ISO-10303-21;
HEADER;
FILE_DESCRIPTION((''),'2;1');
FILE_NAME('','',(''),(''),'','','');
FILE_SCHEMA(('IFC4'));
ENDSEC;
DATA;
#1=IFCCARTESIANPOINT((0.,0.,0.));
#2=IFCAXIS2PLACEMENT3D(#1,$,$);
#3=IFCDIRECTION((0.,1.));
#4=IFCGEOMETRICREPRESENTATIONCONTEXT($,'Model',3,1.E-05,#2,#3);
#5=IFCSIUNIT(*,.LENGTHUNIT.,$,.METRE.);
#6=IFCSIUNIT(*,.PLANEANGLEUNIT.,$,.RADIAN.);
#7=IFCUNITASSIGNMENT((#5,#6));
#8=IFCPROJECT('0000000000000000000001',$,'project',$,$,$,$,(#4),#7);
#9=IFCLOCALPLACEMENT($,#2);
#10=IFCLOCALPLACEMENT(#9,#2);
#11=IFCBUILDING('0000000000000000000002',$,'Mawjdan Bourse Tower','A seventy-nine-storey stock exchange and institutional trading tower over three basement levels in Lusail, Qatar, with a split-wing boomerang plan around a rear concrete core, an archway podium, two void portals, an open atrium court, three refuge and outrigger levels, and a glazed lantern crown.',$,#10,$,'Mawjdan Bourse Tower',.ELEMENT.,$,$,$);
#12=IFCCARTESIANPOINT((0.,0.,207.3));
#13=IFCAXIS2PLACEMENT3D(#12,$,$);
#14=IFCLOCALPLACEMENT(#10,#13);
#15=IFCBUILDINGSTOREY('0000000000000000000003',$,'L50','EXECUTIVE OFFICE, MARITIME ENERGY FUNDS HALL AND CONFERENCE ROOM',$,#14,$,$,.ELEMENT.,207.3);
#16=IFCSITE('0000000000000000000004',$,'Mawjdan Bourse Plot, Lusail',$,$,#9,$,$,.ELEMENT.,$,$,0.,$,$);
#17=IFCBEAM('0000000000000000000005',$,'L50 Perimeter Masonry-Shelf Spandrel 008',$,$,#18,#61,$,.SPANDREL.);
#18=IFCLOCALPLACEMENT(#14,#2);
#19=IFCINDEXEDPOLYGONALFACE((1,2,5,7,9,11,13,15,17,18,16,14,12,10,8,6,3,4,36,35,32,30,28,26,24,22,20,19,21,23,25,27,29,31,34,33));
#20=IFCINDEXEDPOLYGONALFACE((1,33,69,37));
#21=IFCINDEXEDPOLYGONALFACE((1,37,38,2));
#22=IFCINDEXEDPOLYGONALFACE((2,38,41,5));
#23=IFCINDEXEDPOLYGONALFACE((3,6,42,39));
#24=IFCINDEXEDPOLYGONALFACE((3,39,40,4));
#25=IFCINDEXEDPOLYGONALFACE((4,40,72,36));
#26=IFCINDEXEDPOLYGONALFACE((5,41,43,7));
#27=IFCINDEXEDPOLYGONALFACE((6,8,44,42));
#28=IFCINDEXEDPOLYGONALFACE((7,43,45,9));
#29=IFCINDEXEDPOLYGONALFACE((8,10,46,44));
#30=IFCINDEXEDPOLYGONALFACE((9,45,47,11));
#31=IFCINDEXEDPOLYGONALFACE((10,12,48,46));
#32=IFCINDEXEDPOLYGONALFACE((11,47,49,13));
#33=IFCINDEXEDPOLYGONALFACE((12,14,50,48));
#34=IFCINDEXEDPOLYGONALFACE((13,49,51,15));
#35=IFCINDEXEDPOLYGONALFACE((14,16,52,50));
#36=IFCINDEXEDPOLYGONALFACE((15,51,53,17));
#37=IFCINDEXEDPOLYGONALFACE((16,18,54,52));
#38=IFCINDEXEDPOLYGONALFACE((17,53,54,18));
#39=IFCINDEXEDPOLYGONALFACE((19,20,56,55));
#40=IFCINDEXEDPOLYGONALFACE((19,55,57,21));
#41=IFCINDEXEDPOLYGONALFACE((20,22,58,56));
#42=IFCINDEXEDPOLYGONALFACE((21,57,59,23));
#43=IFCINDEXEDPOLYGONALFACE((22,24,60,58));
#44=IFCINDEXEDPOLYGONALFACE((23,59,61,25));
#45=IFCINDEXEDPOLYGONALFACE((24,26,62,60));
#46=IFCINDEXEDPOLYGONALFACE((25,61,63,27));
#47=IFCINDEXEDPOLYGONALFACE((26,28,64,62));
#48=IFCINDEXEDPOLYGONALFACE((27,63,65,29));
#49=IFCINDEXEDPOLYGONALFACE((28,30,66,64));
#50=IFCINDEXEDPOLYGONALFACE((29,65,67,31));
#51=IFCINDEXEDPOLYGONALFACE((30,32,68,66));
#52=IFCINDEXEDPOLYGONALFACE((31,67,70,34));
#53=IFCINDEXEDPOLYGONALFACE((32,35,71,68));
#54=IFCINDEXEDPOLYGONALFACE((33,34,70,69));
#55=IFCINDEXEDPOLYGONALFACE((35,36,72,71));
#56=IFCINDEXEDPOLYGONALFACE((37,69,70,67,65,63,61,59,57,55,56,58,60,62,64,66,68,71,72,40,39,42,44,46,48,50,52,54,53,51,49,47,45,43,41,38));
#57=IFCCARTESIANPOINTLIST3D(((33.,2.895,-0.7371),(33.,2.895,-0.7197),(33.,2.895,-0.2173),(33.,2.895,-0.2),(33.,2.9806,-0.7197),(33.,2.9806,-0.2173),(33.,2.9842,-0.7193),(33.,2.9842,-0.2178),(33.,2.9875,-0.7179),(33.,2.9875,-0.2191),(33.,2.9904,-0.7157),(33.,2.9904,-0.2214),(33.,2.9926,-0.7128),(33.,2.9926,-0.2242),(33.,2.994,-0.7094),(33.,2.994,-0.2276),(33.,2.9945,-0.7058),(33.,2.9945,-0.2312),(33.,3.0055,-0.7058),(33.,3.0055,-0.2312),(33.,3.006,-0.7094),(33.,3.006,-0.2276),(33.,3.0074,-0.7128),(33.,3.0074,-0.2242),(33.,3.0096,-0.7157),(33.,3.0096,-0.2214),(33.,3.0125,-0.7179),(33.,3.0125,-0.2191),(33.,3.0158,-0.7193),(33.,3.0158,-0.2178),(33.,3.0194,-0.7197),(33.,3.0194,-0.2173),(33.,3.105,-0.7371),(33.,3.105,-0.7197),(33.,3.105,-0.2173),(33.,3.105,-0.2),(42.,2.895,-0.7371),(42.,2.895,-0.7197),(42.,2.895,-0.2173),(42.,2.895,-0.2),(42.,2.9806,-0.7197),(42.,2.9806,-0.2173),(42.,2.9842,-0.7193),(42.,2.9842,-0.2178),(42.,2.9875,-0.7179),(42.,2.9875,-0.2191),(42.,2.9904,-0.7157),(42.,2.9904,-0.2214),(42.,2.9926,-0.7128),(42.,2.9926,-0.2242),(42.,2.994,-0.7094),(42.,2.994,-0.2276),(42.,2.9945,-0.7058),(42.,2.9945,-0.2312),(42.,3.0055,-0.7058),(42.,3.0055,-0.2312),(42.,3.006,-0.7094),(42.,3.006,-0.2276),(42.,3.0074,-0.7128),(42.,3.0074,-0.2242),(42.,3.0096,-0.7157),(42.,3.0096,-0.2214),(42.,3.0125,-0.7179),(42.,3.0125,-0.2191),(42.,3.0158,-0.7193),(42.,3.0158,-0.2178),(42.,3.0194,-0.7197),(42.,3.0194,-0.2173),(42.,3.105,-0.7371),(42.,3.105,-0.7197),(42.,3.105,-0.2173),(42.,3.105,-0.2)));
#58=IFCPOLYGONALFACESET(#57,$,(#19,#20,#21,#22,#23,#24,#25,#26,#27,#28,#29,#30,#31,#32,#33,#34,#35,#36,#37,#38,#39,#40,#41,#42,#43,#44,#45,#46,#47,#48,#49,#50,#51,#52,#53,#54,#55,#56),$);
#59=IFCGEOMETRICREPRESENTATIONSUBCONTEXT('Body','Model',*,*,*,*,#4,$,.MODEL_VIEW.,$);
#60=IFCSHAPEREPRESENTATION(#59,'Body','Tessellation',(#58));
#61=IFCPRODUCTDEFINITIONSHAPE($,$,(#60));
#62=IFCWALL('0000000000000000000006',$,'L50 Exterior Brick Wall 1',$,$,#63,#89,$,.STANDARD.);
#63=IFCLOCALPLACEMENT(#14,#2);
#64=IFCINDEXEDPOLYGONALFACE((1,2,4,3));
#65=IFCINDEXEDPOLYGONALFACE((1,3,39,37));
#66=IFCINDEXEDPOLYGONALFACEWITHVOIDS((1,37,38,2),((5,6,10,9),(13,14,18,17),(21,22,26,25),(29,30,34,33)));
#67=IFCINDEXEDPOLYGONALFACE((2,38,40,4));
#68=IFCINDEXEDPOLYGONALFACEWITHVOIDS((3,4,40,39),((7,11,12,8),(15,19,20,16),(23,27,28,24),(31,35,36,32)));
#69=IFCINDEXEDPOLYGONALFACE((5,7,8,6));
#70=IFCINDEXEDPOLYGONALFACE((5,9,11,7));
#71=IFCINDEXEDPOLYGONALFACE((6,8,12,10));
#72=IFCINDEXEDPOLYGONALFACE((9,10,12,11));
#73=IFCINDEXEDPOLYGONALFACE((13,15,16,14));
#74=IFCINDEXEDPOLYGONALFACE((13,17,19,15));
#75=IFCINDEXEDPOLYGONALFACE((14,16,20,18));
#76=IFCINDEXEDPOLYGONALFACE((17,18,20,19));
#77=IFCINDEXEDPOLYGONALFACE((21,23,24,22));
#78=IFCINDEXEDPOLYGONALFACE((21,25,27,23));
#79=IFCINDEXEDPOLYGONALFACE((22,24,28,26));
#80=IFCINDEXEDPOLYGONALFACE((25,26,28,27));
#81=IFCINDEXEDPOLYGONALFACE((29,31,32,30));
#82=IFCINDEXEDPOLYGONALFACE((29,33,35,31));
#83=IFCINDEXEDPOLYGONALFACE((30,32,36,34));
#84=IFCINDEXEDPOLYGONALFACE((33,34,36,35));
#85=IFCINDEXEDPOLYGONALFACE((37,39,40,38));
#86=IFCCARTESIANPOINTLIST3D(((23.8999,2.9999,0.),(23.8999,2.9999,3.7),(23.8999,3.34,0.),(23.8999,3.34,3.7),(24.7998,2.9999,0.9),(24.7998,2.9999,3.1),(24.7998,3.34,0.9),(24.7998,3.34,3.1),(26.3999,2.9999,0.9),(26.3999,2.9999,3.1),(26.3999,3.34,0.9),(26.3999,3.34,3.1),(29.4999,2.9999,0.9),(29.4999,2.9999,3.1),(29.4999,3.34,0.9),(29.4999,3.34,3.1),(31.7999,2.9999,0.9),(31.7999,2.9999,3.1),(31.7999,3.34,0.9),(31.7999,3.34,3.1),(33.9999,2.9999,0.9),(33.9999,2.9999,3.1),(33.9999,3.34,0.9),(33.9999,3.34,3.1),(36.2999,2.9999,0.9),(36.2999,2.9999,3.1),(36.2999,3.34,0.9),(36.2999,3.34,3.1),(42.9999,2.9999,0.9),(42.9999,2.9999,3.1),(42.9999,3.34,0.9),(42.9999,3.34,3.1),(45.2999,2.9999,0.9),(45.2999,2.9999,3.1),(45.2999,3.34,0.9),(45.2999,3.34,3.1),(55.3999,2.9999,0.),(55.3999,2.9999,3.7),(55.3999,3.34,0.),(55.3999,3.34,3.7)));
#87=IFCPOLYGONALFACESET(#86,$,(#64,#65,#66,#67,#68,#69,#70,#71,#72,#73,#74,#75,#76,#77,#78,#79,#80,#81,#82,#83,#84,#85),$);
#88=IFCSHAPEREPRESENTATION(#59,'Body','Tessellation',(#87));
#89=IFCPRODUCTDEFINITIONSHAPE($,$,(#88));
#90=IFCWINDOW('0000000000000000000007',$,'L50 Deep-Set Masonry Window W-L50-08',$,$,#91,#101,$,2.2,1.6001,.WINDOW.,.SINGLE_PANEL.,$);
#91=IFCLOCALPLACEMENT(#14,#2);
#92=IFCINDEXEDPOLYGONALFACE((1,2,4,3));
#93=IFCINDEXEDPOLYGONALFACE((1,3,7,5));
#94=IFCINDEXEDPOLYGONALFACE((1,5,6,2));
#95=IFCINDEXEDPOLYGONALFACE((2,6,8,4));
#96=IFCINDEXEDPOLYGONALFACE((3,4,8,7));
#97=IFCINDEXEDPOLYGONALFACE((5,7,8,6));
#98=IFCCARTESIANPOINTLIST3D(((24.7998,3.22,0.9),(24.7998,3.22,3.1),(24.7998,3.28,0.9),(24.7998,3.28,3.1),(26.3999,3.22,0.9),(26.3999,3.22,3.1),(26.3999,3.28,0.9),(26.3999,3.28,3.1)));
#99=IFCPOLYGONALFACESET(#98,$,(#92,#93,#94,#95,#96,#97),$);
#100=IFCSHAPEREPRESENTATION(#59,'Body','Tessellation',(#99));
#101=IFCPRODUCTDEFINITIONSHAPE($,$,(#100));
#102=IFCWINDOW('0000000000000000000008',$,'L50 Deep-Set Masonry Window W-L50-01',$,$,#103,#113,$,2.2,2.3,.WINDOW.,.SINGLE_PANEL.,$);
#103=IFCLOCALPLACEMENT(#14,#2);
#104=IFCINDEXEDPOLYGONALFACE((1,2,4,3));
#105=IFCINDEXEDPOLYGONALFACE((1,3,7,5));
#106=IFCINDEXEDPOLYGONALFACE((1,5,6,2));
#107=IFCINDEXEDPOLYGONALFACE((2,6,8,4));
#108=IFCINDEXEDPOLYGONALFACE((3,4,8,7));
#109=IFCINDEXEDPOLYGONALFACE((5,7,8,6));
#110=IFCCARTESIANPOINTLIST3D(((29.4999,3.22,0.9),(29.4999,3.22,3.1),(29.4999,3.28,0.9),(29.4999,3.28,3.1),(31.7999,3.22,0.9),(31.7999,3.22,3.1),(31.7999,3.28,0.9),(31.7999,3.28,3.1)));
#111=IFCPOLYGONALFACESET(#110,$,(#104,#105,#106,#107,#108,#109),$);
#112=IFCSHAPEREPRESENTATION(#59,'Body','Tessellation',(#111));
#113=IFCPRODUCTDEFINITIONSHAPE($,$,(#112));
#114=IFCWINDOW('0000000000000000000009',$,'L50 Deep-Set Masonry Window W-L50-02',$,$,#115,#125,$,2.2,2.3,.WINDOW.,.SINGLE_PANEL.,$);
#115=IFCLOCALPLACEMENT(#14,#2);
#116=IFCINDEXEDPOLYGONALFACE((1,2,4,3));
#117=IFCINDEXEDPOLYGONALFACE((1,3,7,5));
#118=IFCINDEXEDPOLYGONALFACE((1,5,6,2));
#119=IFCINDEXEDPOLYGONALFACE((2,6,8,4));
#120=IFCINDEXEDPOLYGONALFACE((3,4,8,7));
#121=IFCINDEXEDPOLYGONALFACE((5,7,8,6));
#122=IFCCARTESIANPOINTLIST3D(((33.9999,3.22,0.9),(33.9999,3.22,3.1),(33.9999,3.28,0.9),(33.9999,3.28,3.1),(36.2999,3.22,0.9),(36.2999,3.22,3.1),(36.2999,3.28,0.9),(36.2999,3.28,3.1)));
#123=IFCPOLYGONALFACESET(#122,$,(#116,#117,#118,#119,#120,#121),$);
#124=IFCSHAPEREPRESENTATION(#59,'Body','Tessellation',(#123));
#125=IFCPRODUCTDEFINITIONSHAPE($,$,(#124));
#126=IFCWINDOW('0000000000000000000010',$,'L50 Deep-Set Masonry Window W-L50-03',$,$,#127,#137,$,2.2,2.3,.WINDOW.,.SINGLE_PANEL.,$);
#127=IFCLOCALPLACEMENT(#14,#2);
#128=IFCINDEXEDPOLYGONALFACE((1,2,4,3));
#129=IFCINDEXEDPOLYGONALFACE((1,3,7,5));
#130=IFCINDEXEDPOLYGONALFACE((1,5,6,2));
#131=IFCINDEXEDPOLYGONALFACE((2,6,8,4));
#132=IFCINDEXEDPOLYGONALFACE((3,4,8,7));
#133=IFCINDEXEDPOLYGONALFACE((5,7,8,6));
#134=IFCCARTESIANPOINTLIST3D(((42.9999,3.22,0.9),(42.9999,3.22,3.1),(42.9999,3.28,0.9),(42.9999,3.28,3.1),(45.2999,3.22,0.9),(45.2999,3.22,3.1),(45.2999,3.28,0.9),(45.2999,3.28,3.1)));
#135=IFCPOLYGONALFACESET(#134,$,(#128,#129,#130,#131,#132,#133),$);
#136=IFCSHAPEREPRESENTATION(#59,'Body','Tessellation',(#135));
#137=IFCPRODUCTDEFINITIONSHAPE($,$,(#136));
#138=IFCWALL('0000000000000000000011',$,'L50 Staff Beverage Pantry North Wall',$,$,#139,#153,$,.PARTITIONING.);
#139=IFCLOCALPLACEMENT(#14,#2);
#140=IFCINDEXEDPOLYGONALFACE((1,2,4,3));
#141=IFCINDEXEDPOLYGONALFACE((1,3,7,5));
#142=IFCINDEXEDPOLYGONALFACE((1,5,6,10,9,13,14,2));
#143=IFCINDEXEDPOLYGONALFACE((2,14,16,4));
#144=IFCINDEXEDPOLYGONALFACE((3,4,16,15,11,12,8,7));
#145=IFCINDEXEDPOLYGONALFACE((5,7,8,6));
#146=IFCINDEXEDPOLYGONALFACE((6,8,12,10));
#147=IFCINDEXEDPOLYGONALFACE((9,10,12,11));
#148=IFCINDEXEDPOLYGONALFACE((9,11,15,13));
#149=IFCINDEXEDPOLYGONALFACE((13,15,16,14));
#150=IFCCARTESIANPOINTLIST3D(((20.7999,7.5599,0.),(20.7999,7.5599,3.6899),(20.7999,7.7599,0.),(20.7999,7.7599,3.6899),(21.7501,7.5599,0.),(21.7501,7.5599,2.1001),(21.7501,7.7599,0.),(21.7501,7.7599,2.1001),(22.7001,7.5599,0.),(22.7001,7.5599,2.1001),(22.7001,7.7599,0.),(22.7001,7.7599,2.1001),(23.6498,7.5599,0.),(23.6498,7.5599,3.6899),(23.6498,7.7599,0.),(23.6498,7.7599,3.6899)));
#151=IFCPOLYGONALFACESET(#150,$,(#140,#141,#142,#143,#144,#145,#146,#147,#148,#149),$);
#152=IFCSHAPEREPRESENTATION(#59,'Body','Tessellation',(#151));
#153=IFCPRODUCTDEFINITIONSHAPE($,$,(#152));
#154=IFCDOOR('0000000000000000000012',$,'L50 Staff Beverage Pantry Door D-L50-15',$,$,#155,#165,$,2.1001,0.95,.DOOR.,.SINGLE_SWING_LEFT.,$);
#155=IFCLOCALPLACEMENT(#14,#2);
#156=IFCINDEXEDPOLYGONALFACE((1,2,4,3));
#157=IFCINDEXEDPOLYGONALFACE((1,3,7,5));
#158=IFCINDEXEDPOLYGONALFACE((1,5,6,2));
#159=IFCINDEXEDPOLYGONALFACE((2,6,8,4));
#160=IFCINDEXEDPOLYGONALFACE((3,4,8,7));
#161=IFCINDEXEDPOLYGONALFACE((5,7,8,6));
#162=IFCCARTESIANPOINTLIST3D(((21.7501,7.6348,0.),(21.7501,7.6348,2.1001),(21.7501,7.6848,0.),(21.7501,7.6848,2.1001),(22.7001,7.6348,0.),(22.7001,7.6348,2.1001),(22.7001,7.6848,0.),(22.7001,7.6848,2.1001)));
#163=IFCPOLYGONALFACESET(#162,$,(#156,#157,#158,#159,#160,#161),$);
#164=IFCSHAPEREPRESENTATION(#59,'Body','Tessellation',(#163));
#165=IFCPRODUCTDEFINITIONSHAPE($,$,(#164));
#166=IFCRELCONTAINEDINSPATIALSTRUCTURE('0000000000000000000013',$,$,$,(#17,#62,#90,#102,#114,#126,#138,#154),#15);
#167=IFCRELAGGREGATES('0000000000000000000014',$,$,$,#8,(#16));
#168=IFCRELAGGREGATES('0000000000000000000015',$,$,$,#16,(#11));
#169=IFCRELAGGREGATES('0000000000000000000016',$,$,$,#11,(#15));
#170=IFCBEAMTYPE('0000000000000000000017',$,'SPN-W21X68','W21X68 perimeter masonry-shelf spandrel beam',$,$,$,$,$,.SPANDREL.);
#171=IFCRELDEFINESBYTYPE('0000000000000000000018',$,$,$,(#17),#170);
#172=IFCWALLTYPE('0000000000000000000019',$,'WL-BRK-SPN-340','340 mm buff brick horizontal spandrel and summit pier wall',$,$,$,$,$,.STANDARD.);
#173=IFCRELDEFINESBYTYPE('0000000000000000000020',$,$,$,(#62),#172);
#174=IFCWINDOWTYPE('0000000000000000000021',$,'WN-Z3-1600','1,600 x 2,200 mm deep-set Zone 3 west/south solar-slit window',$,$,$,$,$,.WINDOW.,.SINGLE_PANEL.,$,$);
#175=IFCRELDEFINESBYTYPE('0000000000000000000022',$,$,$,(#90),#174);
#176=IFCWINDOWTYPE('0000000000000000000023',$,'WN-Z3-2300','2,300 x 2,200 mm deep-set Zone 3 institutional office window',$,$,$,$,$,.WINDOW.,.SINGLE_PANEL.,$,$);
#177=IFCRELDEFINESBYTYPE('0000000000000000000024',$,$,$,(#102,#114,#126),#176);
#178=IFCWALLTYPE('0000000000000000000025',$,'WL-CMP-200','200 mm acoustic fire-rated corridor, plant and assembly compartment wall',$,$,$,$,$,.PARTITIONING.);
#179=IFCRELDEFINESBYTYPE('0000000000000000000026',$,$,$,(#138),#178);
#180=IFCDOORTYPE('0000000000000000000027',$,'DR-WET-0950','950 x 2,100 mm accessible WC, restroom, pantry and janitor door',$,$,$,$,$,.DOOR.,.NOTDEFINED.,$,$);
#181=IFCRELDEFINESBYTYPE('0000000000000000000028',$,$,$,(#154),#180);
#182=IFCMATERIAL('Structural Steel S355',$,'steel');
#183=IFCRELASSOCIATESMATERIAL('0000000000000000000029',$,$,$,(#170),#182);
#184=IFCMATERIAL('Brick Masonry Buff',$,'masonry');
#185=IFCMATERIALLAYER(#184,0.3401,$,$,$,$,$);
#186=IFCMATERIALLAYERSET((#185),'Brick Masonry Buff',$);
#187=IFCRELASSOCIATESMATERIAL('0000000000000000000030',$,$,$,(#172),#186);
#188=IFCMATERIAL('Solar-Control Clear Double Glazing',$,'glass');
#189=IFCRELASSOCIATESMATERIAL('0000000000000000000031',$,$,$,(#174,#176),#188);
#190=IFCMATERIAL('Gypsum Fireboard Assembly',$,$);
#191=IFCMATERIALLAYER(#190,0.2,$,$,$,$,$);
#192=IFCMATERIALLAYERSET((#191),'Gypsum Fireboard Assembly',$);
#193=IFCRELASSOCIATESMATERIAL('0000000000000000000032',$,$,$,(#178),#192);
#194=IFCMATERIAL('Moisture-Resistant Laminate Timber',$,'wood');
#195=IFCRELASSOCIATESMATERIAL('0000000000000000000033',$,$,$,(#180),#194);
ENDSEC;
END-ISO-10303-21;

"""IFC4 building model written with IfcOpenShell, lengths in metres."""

from ifc_helpers import new_model, si_unit, direction, frame, frame_2d, origin, origin_2d, place, context, subcontext, project, spatial, rectangle, i_section, extrude, material, layer, layer_set, material_profile, profile_set, type_object, element, fill, save


model = new_model("IFC4")

# Units and contexts
model_context = context("Model", 3, precision=1e-05, world=origin(), true_north=direction((0.0, 1.0)))
body_context = subcontext(model_context, "Body", "Model", "MODEL_VIEW")
ifc_project = project(units=[si_unit("LENGTHUNIT", "METRE"), si_unit("PLANEANGLEUNIT", "RADIAN")], contexts=[model_context])

# Site, building, storey
site_placement = place(None, origin())
site = spatial("IfcSite", under=ifc_project, at=site_placement, Name="Mawjdan Bourse Plot, Lusail", CompositionType="ELEMENT", RefElevation=0.0)
building_placement = place(site_placement, origin())
building = spatial("IfcBuilding", under=site, at=building_placement, Name="Mawjdan Bourse Tower", Description="A seventy-nine-storey stock exchange and institutional trading tower over three basement levels in Lusail, Qatar, with a split-wing boomerang plan around a rear concrete core, an archway podium, two void portals, an open atrium court, three refuge and outrigger levels, and a glazed lantern crown.", LongName="Mawjdan Bourse Tower", CompositionType="ELEMENT")
storey_placement = place(building_placement, frame((0.0, 0.0, 207.3)))
storey = spatial("IfcBuildingStorey", under=building, at=storey_placement, Name="L50", Description="EXECUTIVE OFFICE, MARITIME ENERGY FUNDS HALL AND CONFERENCE ROOM", CompositionType="ELEMENT", Elevation=207.3)

# Beam
ifc_material_1 = material(Name="Structural Steel S355", Category="steel")
ifc_material_profile_1 = material_profile(ifc_material_1, i_section(OverallWidth=0.21, OverallDepth=0.5371, WebThickness=0.011, FlangeThickness=0.0173, FilletRadius=0.0139, at=origin_2d()), Name="W21X68")
ifc_profile_set_1 = profile_set([ifc_material_profile_1], Name="Structural Steel S355")
beam_type_1 = type_object("IfcBeamType", Name="SPN-W21X68", Description="W21X68 perimeter masonry-shelf spandrel beam", PredefinedType="SPANDREL", material=ifc_profile_set_1)
for number, where, z_axis, x_axis, name in (
    (1, (33.0, 3.0, -0.4685), (1.0, 0.0, 0.0), (0.0, 1.0, 0.0), "L50 Perimeter Masonry-Shelf Spandrel 008"),
):
    element("IfcBeam", number, at=place(storey_placement, frame(where, z_axis=z_axis, x_axis=x_axis)), inside=storey, type_object=beam_type_1, Name=name, PredefinedType="SPANDREL", context=body_context, shape_type="SweptSolid", body=[
        extrude(i_section(OverallWidth=0.21, OverallDepth=0.5371, WebThickness=0.011, FlangeThickness=0.0173, FilletRadius=0.0139, at=origin_2d()), origin(), (0.0, 0.0, 1.0), 9.0),
    ])

# Wall, openings, windows
ifc_material_2 = material(Name="Brick Masonry Buff", Category="masonry")
ifc_layer_1 = layer(ifc_material_2, 0.3401)
ifc_layer_set_1 = layer_set([ifc_layer_1], Name="Brick Masonry Buff")
wall_type_1 = type_object("IfcWallType", Name="WL-BRK-SPN-340", Description="340 mm buff brick horizontal spandrel and summit pier wall", PredefinedType="STANDARD", material=ifc_layer_set_1)
wall_1_placement = place(storey_placement, frame((23.8999, 3.1699, 0.0), z_axis=(0.0, 0.0, 1.0), x_axis=(1.0, 0.0, 0.0)))
wall_1 = element("IfcWall", 2, at=wall_1_placement, inside=storey, type_object=wall_type_1, Name="L50 Exterior Brick Wall 1", PredefinedType="STANDARD", context=body_context, shape_type="SweptSolid", body=[
    extrude(rectangle(XDim=31.5, YDim=0.3401, at=frame_2d((15.75, 0.0))), origin(), (0.0, 0.0, 1.0), 3.7),
])
opening_1_placement = place(wall_1_placement, frame((5.6001, 0.0, 0.8999)))
opening_1 = element("IfcOpeningElement", 3, at=opening_1_placement, cuts=wall_1, PredefinedType="OPENING", context=body_context, shape_type="SweptSolid", body=[
    extrude(rectangle(XDim=2.3, YDim=2.2, at=frame_2d((1.1499, 1.1001))), frame((0.0, 0.1802, 0.0), z_axis=(0.0, -1.0, 0.0), x_axis=(1.0, 0.0, 0.0)), (0.0, 0.0, 1.0), 0.3601),
])
opening_2_placement = place(wall_1_placement, frame((10.1001, 0.0, 0.8999)))
opening_2 = element("IfcOpeningElement", 4, at=opening_2_placement, cuts=wall_1, PredefinedType="OPENING", context=body_context, shape_type="SweptSolid", body=[
    extrude(rectangle(XDim=2.3, YDim=2.2, at=frame_2d((1.1499, 1.1001))), frame((0.0, 0.1802, 0.0), z_axis=(0.0, -1.0, 0.0), x_axis=(1.0, 0.0, 0.0)), (0.0, 0.0, 1.0), 0.3601),
])
opening_3_placement = place(wall_1_placement, frame((19.1001, 0.0, 0.8999)))
opening_3 = element("IfcOpeningElement", 5, at=opening_3_placement, cuts=wall_1, PredefinedType="OPENING", context=body_context, shape_type="SweptSolid", body=[
    extrude(rectangle(XDim=2.3, YDim=2.2, at=frame_2d((1.1499, 1.1001))), frame((0.0, 0.1802, 0.0), z_axis=(0.0, -1.0, 0.0), x_axis=(1.0, 0.0, 0.0)), (0.0, 0.0, 1.0), 0.3601),
])
opening_4_placement = place(wall_1_placement, frame((0.8999, 0.0, 0.8999)))
opening_4 = element("IfcOpeningElement", 6, at=opening_4_placement, cuts=wall_1, PredefinedType="OPENING", context=body_context, shape_type="SweptSolid", body=[
    extrude(rectangle(XDim=1.6001, YDim=2.2, at=frame_2d((0.8, 1.1001))), frame((0.0, 0.1802, 0.0), z_axis=(0.0, -1.0, 0.0), x_axis=(1.0, 0.0, 0.0)), (0.0, 0.0, 1.0), 0.3601),
])
ifc_material_3 = material(Name="Solar-Control Clear Double Glazing", Category="glass")
window_type_1 = type_object("IfcWindowType", Name="WN-Z3-1600", Description="1,600 x 2,200 mm deep-set Zone 3 west/south solar-slit window", PartitioningType="SINGLE_PANEL", PredefinedType="WINDOW", material=ifc_material_3)
window_1_placement = place(opening_4_placement, origin())
window_1 = element("IfcWindow", 7, at=window_1_placement, inside=storey, type_object=window_type_1, Name="L50 Deep-Set Masonry Window W-L50-08", OverallHeight=2.2, OverallWidth=1.6001, PartitioningType="SINGLE_PANEL", PredefinedType="WINDOW", context=body_context, shape_type="SweptSolid", body=[
    extrude(rectangle(XDim=1.6001, YDim=2.2, at=frame_2d((0.8, 1.1001))), frame((0.0, 0.1101, 0.0), z_axis=(0.0, -1.0, 0.0), x_axis=(1.0, 0.0, 0.0)), (0.0, 0.0, 1.0), 0.0601),
])
fill(opening_4, window_1)
window_type_2 = type_object("IfcWindowType", Name="WN-Z3-2300", Description="2,300 x 2,200 mm deep-set Zone 3 institutional office window", PartitioningType="SINGLE_PANEL", PredefinedType="WINDOW", material=ifc_material_3)
window_2_placement = place(opening_1_placement, origin())
window_2 = element("IfcWindow", 8, at=window_2_placement, inside=storey, type_object=window_type_2, Name="L50 Deep-Set Masonry Window W-L50-01", OverallHeight=2.2, OverallWidth=2.3, PartitioningType="SINGLE_PANEL", PredefinedType="WINDOW", context=body_context, shape_type="SweptSolid", body=[
    extrude(rectangle(XDim=2.3, YDim=2.2, at=frame_2d((1.1499, 1.1001))), frame((0.0, 0.1101, 0.0), z_axis=(0.0, -1.0, 0.0), x_axis=(1.0, 0.0, 0.0)), (0.0, 0.0, 1.0), 0.0601),
])
fill(opening_1, window_2)
window_3_placement = place(opening_2_placement, origin())
window_3 = element("IfcWindow", 9, at=window_3_placement, inside=storey, type_object=window_type_2, Name="L50 Deep-Set Masonry Window W-L50-02", OverallHeight=2.2, OverallWidth=2.3, PartitioningType="SINGLE_PANEL", PredefinedType="WINDOW", context=body_context, shape_type="SweptSolid", body=[
    extrude(rectangle(XDim=2.3, YDim=2.2, at=frame_2d((1.1499, 1.1001))), frame((0.0, 0.1101, 0.0), z_axis=(0.0, -1.0, 0.0), x_axis=(1.0, 0.0, 0.0)), (0.0, 0.0, 1.0), 0.0601),
])
fill(opening_2, window_3)
window_4_placement = place(opening_3_placement, origin())
window_4 = element("IfcWindow", 10, at=window_4_placement, inside=storey, type_object=window_type_2, Name="L50 Deep-Set Masonry Window W-L50-03", OverallHeight=2.2, OverallWidth=2.3, PartitioningType="SINGLE_PANEL", PredefinedType="WINDOW", context=body_context, shape_type="SweptSolid", body=[
    extrude(rectangle(XDim=2.3, YDim=2.2, at=frame_2d((1.1499, 1.1001))), frame((0.0, 0.1101, 0.0), z_axis=(0.0, -1.0, 0.0), x_axis=(1.0, 0.0, 0.0)), (0.0, 0.0, 1.0), 0.0601),
])
fill(opening_3, window_4)

# Wall, opening, door
ifc_material_4 = material(Name="Gypsum Fireboard Assembly")
ifc_layer_2 = layer(ifc_material_4, 0.2)
ifc_layer_set_2 = layer_set([ifc_layer_2], Name="Gypsum Fireboard Assembly")
wall_type_2 = type_object("IfcWallType", Name="WL-CMP-200", Description="200 mm acoustic fire-rated corridor, plant and assembly compartment wall", PredefinedType="PARTITIONING", material=ifc_layer_set_2)
wall_2_placement = place(storey_placement, frame((20.8, 7.6599, 0.0), z_axis=(0.0, 0.0, 1.0), x_axis=(1.0, 0.0, 0.0)))
wall_2 = element("IfcWall", 11, at=wall_2_placement, inside=storey, type_object=wall_type_2, Name="L50 Staff Beverage Pantry North Wall", PredefinedType="PARTITIONING", context=body_context, shape_type="SweptSolid", body=[
    extrude(rectangle(XDim=2.8499, YDim=0.2, at=frame_2d((1.4248, 0.0))), origin(), (0.0, 0.0, 1.0), 3.6899),
])
opening_5_placement = place(wall_2_placement, frame((0.95, 0.0, 0.0)))
opening_5 = element("IfcOpeningElement", 12, at=opening_5_placement, cuts=wall_2, PredefinedType="OPENING", context=body_context, shape_type="SweptSolid", body=[
    extrude(rectangle(XDim=0.95, YDim=2.1001, at=frame_2d((0.4751, 1.05))), frame((0.0, 0.1099, 0.0), z_axis=(0.0, -1.0, 0.0), x_axis=(1.0, 0.0, 0.0)), (0.0, 0.0, 1.0), 0.22),
])
ifc_material_5 = material(Name="Moisture-Resistant Laminate Timber", Category="wood")
door_type_1 = type_object("IfcDoorType", Name="DR-WET-0950", Description="950 x 2,100 mm accessible WC, restroom, pantry and janitor door", OperationType="NOTDEFINED", PredefinedType="DOOR", material=ifc_material_5)
door_1_placement = place(opening_5_placement, origin())
door_1 = element("IfcDoor", 13, at=door_1_placement, inside=storey, type_object=door_type_1, Name="L50 Staff Beverage Pantry Door D-L50-15", OperationType="SINGLE_SWING_LEFT", OverallHeight=2.1001, OverallWidth=0.95, PredefinedType="DOOR", context=body_context, shape_type="SweptSolid", body=[
    extrude(rectangle(XDim=0.95, YDim=2.1001, at=frame_2d((0.4751, 1.05))), frame((0.0, 0.0249, 0.0), z_axis=(0.0, -1.0, 0.0), x_axis=(1.0, 0.0, 0.0)), (0.0, 0.0, 1.0), 0.05),
])
fill(opening_5, door_1)

save(model, "model.ifc")
